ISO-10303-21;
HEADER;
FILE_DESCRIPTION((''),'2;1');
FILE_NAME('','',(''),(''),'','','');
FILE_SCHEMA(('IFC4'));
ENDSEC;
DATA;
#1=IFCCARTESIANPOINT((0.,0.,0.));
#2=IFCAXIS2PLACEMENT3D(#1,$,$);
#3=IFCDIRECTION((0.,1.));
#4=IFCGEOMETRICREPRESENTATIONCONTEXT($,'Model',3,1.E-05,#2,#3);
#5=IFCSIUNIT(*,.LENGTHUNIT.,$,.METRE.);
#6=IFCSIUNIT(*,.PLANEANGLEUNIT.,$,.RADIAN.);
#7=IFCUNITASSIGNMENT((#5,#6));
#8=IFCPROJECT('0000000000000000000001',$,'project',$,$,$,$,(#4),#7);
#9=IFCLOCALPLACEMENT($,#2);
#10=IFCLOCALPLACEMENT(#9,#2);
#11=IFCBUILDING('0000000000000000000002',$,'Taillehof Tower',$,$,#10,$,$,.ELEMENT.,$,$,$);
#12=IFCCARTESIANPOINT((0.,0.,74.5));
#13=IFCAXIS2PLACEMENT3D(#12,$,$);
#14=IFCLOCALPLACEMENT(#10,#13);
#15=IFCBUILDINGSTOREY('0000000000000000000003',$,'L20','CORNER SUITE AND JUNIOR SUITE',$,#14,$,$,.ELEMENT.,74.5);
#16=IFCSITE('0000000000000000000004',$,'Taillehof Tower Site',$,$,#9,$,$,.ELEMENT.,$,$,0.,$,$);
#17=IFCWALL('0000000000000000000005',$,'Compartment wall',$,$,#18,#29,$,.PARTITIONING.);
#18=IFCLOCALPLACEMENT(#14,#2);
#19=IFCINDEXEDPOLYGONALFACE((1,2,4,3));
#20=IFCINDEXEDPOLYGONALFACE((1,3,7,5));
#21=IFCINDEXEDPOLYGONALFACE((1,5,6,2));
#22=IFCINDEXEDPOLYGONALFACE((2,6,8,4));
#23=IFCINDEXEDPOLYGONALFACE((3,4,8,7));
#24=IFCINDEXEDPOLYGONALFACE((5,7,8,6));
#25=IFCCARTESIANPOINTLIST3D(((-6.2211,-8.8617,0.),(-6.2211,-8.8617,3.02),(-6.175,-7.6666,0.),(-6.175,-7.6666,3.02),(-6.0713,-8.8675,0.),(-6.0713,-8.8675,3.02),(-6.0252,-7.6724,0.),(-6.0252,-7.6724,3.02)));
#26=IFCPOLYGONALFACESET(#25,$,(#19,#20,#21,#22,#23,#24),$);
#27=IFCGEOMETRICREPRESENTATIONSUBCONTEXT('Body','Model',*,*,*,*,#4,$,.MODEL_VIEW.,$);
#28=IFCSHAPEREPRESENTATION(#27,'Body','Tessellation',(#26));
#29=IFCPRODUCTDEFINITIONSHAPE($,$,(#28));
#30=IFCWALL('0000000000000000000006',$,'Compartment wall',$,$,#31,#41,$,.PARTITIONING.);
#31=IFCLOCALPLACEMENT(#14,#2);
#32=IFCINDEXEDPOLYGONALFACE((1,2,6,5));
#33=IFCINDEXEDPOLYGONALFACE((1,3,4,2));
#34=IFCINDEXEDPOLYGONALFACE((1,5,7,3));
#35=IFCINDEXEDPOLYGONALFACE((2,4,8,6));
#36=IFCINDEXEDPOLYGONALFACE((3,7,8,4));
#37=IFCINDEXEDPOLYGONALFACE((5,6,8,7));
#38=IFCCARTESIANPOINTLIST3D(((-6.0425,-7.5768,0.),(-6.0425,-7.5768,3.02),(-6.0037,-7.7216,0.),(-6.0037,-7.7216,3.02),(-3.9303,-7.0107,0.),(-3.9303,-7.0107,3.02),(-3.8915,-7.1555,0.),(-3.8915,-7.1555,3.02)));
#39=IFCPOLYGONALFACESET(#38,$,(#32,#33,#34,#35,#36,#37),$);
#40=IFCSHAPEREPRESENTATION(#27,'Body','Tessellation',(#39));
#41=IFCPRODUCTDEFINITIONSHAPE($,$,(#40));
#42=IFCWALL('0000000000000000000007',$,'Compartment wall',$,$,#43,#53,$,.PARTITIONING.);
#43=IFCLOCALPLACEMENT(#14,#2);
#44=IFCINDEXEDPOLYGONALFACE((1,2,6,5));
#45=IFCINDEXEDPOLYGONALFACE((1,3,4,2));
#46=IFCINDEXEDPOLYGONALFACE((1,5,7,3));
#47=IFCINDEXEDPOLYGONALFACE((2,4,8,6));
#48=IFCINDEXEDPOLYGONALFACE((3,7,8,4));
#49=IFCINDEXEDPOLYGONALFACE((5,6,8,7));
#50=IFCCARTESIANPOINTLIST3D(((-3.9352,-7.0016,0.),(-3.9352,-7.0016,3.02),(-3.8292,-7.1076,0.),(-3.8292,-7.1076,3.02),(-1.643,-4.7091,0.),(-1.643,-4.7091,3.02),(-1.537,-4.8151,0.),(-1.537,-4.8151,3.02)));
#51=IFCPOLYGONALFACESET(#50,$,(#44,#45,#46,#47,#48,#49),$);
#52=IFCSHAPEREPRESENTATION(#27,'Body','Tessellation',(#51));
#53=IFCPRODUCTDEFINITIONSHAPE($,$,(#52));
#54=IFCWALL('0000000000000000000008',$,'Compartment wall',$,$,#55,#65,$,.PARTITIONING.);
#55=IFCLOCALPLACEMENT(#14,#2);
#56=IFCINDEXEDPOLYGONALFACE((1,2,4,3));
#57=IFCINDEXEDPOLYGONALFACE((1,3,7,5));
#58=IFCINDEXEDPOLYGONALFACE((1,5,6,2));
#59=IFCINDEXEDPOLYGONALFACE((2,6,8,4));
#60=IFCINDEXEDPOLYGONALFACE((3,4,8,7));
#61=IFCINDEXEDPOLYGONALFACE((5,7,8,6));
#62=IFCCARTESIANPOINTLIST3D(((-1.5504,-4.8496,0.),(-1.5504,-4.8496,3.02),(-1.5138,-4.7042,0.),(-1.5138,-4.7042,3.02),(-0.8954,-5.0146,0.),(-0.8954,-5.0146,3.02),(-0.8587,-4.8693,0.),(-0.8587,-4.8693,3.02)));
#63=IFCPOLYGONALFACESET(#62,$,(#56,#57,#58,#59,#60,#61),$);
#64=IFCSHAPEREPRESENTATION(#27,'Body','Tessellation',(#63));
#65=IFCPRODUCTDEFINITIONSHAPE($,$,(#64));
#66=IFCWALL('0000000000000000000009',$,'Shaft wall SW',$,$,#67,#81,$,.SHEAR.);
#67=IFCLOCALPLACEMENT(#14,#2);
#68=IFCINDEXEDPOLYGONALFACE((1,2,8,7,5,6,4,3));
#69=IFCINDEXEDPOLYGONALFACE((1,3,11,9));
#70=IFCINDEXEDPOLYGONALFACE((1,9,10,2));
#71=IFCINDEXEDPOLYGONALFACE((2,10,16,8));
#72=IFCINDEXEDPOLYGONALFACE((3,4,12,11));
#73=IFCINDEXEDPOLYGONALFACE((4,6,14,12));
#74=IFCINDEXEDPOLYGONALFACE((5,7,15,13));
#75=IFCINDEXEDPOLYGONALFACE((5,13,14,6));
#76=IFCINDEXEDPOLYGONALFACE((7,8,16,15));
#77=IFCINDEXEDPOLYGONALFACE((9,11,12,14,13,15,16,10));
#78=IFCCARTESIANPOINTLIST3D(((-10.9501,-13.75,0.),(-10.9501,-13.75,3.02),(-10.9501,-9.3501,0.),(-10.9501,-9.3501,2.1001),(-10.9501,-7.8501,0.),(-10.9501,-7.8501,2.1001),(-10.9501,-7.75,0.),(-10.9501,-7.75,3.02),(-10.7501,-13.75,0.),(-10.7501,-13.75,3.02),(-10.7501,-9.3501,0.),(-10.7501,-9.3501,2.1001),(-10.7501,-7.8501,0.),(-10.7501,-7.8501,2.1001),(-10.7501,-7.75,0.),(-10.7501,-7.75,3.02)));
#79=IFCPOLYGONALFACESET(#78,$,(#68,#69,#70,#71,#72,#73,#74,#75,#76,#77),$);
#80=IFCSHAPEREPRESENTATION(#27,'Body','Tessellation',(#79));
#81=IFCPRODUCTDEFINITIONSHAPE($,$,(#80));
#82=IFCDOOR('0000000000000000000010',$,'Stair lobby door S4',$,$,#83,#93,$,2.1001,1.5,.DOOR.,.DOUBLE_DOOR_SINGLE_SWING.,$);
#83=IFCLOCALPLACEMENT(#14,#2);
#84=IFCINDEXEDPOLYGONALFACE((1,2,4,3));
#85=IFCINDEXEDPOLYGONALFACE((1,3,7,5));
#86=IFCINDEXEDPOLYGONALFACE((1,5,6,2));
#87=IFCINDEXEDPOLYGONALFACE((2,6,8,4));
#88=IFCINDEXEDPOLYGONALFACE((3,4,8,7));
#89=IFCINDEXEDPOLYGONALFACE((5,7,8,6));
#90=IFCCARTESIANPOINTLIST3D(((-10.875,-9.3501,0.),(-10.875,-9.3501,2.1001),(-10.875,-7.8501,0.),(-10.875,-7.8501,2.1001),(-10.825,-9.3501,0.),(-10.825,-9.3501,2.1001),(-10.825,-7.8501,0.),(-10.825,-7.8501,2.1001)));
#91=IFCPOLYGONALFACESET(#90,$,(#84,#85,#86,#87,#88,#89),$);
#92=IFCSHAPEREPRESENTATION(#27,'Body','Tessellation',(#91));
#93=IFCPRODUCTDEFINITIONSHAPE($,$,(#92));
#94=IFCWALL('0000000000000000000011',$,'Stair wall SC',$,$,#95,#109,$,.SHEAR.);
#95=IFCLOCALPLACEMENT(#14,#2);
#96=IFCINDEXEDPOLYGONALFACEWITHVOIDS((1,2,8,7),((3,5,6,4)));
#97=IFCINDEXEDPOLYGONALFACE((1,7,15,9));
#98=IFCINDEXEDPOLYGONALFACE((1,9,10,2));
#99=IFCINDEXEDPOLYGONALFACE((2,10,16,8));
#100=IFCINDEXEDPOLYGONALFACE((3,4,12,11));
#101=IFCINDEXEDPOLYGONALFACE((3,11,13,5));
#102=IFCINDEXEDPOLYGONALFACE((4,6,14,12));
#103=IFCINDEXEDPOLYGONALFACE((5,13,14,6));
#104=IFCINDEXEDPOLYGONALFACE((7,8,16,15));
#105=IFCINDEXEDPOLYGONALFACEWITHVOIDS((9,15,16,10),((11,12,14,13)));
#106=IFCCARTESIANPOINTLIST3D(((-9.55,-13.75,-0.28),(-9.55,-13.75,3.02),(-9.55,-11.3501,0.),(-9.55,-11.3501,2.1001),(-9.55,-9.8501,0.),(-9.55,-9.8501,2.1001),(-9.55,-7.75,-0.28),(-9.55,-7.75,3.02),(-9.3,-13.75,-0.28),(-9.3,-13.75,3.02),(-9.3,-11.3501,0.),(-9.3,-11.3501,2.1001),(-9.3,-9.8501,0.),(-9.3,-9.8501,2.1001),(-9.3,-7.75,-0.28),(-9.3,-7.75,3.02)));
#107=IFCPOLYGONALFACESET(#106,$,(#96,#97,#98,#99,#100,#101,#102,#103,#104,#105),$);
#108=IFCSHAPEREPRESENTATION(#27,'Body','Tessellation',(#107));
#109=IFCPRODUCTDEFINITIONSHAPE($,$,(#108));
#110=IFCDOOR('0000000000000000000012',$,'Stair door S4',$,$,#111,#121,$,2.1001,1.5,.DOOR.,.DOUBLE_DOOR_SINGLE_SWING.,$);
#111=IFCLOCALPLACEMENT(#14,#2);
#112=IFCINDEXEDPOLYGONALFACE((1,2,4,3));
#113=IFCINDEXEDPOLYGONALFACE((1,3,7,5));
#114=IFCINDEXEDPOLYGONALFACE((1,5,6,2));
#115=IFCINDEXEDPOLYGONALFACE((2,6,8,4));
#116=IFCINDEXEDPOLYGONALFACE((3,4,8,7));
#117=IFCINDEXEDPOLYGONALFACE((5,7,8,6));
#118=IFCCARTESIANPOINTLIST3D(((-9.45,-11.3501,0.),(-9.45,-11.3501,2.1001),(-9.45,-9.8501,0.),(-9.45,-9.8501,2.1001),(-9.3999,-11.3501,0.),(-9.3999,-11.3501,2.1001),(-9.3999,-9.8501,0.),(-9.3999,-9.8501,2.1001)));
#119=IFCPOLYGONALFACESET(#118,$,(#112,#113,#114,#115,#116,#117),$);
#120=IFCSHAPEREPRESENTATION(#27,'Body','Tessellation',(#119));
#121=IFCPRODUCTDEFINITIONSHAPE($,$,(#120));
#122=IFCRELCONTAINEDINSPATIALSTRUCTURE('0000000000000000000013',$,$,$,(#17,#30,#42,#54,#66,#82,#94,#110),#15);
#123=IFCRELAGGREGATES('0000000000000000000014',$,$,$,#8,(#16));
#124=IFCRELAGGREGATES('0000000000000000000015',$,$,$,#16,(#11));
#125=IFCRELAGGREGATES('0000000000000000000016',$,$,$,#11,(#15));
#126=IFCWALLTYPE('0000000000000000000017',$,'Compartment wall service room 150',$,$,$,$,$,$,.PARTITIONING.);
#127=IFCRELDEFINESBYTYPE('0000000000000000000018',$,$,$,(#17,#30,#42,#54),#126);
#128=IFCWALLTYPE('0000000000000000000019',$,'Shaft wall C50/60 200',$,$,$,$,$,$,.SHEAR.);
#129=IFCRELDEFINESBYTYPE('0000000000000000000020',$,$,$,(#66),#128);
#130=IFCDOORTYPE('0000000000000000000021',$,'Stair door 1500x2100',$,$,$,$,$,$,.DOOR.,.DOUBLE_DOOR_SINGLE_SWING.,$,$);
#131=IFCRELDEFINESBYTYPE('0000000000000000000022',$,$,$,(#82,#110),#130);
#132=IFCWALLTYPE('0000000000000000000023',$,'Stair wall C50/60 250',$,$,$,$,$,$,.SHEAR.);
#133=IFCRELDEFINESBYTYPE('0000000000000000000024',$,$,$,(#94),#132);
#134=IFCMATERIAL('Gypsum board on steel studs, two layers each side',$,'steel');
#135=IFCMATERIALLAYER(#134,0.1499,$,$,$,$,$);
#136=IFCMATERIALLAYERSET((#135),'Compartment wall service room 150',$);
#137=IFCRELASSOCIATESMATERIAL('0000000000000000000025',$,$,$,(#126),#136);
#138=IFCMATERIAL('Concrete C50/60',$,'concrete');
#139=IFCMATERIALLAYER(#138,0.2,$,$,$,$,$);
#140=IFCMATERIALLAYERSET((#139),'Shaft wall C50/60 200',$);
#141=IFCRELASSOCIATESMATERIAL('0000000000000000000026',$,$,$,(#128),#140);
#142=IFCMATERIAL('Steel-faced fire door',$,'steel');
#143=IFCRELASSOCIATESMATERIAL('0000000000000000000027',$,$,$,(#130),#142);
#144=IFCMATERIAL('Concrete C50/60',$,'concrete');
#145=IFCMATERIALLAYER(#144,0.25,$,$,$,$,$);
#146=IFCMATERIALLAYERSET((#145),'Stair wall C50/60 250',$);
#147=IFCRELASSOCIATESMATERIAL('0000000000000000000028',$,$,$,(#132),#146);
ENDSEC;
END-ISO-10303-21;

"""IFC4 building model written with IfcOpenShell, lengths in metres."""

from ifc_helpers import new_model, si_unit, direction, frame, frame_2d, origin, place, context, subcontext, project, spatial, rectangle, extrude, material, layer, layer_set, type_object, element, fill, save


model = new_model("IFC4")

# Units and contexts
model_context = context("Model", 3, precision=1e-05, world=origin(), true_north=direction((0.0, 1.0)))
body_context = subcontext(model_context, "Body", "Model", "MODEL_VIEW")
ifc_project = project(units=[si_unit("LENGTHUNIT", "METRE"), si_unit("PLANEANGLEUNIT", "RADIAN")], contexts=[model_context])

# Site, building, storey
site_placement = place(None, origin())
site = spatial("IfcSite", under=ifc_project, at=site_placement, Name="Taillehof Tower Site", CompositionType="ELEMENT", RefElevation=0.0)
building_placement = place(site_placement, origin())
building = spatial("IfcBuilding", under=site, at=building_placement, Name="Taillehof Tower", CompositionType="ELEMENT")
storey_placement = place(building_placement, frame((0.0, 0.0, 74.5)))
storey = spatial("IfcBuildingStorey", under=building, at=storey_placement, Name="L20", Description="CORNER SUITE AND JUNIOR SUITE", CompositionType="ELEMENT", Elevation=74.5)

# Walls
ifc_material_1 = material(Name="Gypsum board on steel studs, two layers each side", Category="steel")
ifc_layer_1 = layer(ifc_material_1, 0.1499)
ifc_layer_set_1 = layer_set([ifc_layer_1], Name="Compartment wall service room 150")
wall_type_1 = type_object("IfcWallType", Name="Compartment wall service room 150", PredefinedType="PARTITIONING", material=ifc_layer_set_1)
wall_1_placement = place(storey_placement, frame((-6.1462, -8.8647, 0.0), z_axis=(0.0, 0.0, 1.0), x_axis=(0.038582, 0.999255, 0.0)))
element("IfcWall", 1, at=wall_1_placement, inside=storey, type_object=wall_type_1, Name="Compartment wall", PredefinedType="PARTITIONING", context=body_context, shape_type="SweptSolid", body=[
    extrude(rectangle(XDim=1.196, YDim=0.1499, at=frame_2d((0.5981, 0.0))), origin(), (0.0, 0.0, 1.0), 3.02),
])
wall_2_placement = place(storey_placement, frame((-6.0229, -7.6492, 0.0), z_axis=(0.0, 0.0, 1.0), x_axis=(0.965906, 0.258892, 0.0)))
element("IfcWall", 2, at=wall_2_placement, inside=storey, type_object=wall_type_1, Name="Compartment wall", PredefinedType="PARTITIONING", context=body_context, shape_type="SweptSolid", body=[
    extrude(rectangle(XDim=2.1868, YDim=0.1499, at=frame_2d((1.0933, 0.0))), origin(), (0.0, 0.0, 1.0), 3.02),
])
wall_3_placement = place(storey_placement, frame((-3.8823, -7.0547, 0.0), z_axis=(0.0, 0.0, 1.0), x_axis=(0.707069, 0.707144, 0.0)))
element("IfcWall", 3, at=wall_3_placement, inside=storey, type_object=wall_type_1, Name="Compartment wall", PredefinedType="PARTITIONING", context=body_context, shape_type="SweptSolid", body=[
    extrude(rectangle(XDim=3.2419, YDim=0.1499, at=frame_2d((1.6211, 0.0))), origin(), (0.0, 0.0, 1.0), 3.02),
])
wall_4_placement = place(storey_placement, frame((-1.5322, -4.7769, 0.0), z_axis=(0.0, 0.0, 1.0), x_axis=(0.969694, -0.244321, 0.0)))
element("IfcWall", 4, at=wall_4_placement, inside=storey, type_object=wall_type_1, Name="Compartment wall", PredefinedType="PARTITIONING", context=body_context, shape_type="SweptSolid", body=[
    extrude(rectangle(XDim=0.6755, YDim=0.1499, at=frame_2d((0.3379, 0.0))), origin(), (0.0, 0.0, 1.0), 3.02),
])

# Walls, openings, doors
ifc_material_2 = material(Name="Concrete C50/60", Category="concrete")
ifc_layer_2 = layer(ifc_material_2, 0.2)
ifc_layer_set_2 = layer_set([ifc_layer_2], Name="Shaft wall C50/60 200")
wall_type_2 = type_object("IfcWallType", Name="Shaft wall C50/60 200", PredefinedType="SHEAR", material=ifc_layer_set_2)
wall_5_placement = place(storey_placement, frame((-10.8501, -13.75, 0.0), z_axis=(0.0, 0.0, 1.0), x_axis=(0.0, 1.0, 0.0)))
wall_5 = element("IfcWall", 5, at=wall_5_placement, inside=storey, type_object=wall_type_2, Name="Shaft wall SW", PredefinedType="SHEAR", context=body_context, shape_type="SweptSolid", body=[
    extrude(rectangle(XDim=6.0, YDim=0.2, at=frame_2d((3.0, 0.0))), origin(), (0.0, 0.0, 1.0), 3.02),
])
opening_1_placement = place(wall_5_placement, frame((4.3999, 0.0, 0.0)))
opening_1 = element("IfcOpeningElement", 6, at=opening_1_placement, cuts=wall_5, PredefinedType="OPENING", context=body_context, shape_type="SweptSolid", body=[
    extrude(rectangle(XDim=1.5, YDim=2.1001, at=frame_2d((0.75, 1.05))), frame((0.0, 0.1099, 0.0), z_axis=(0.0, -1.0, 0.0), x_axis=(1.0, 0.0, 0.0)), (0.0, 0.0, 1.0), 0.22),
])
ifc_material_3 = material(Name="Steel-faced fire door", Category="steel")
door_type = type_object("IfcDoorType", Name="Stair door 1500x2100", OperationType="DOUBLE_DOOR_SINGLE_SWING", PredefinedType="DOOR", material=ifc_material_3)
door_1_placement = place(opening_1_placement, origin())
door_1 = element("IfcDoor", 7, at=door_1_placement, inside=storey, type_object=door_type, Name="Stair lobby door S4", OperationType="DOUBLE_DOOR_SINGLE_SWING", OverallHeight=2.1001, OverallWidth=1.5, PredefinedType="DOOR", context=body_context, shape_type="SweptSolid", body=[
    extrude(rectangle(XDim=1.5, YDim=2.1001, at=frame_2d((0.75, 1.05))), frame((0.0, 0.0249, 0.0), z_axis=(0.0, -1.0, 0.0), x_axis=(1.0, 0.0, 0.0)), (0.0, 0.0, 1.0), 0.05),
])
fill(opening_1, door_1)
ifc_material_4 = material(Name="Concrete C50/60", Category="concrete")
ifc_layer_3 = layer(ifc_material_4, 0.25)
ifc_layer_set_3 = layer_set([ifc_layer_3], Name="Stair wall C50/60 250")
wall_type_3 = type_object("IfcWallType", Name="Stair wall C50/60 250", PredefinedType="SHEAR", material=ifc_layer_set_3)
wall_6_placement = place(storey_placement, frame((-9.425, -13.75, -0.28), z_axis=(0.0, 0.0, 1.0), x_axis=(0.0, 1.0, 0.0)))
wall_6 = element("IfcWall", 8, at=wall_6_placement, inside=storey, type_object=wall_type_3, Name="Stair wall SC", PredefinedType="SHEAR", context=body_context, shape_type="SweptSolid", body=[
    extrude(rectangle(XDim=6.0, YDim=0.25, at=frame_2d((3.0, 0.0))), origin(), (0.0, 0.0, 1.0), 3.3),
])
opening_2_placement = place(wall_6_placement, frame((2.3999, 0.0, 0.28)))
opening_2 = element("IfcOpeningElement", 9, at=opening_2_placement, cuts=wall_6, PredefinedType="OPENING", context=body_context, shape_type="SweptSolid", body=[
    extrude(rectangle(XDim=1.5, YDim=2.1001, at=frame_2d((0.75, 1.05))), frame((0.0, 0.135, 0.0), z_axis=(0.0, -1.0, 0.0), x_axis=(1.0, 0.0, 0.0)), (0.0, 0.0, 1.0), 0.27),
])
door_2_placement = place(opening_2_placement, origin())
door_2 = element("IfcDoor", 10, at=door_2_placement, inside=storey, type_object=door_type, Name="Stair door S4", OperationType="DOUBLE_DOOR_SINGLE_SWING", OverallHeight=2.1001, OverallWidth=1.5, PredefinedType="DOOR", context=body_context, shape_type="SweptSolid", body=[
    extrude(rectangle(XDim=1.5, YDim=2.1001, at=frame_2d((0.75, 1.05))), frame((0.0, 0.0249, 0.0), z_axis=(0.0, -1.0, 0.0), x_axis=(1.0, 0.0, 0.0)), (0.0, 0.0, 1.0), 0.05),
])
fill(opening_2, door_2)

save(model, "model.ifc")
